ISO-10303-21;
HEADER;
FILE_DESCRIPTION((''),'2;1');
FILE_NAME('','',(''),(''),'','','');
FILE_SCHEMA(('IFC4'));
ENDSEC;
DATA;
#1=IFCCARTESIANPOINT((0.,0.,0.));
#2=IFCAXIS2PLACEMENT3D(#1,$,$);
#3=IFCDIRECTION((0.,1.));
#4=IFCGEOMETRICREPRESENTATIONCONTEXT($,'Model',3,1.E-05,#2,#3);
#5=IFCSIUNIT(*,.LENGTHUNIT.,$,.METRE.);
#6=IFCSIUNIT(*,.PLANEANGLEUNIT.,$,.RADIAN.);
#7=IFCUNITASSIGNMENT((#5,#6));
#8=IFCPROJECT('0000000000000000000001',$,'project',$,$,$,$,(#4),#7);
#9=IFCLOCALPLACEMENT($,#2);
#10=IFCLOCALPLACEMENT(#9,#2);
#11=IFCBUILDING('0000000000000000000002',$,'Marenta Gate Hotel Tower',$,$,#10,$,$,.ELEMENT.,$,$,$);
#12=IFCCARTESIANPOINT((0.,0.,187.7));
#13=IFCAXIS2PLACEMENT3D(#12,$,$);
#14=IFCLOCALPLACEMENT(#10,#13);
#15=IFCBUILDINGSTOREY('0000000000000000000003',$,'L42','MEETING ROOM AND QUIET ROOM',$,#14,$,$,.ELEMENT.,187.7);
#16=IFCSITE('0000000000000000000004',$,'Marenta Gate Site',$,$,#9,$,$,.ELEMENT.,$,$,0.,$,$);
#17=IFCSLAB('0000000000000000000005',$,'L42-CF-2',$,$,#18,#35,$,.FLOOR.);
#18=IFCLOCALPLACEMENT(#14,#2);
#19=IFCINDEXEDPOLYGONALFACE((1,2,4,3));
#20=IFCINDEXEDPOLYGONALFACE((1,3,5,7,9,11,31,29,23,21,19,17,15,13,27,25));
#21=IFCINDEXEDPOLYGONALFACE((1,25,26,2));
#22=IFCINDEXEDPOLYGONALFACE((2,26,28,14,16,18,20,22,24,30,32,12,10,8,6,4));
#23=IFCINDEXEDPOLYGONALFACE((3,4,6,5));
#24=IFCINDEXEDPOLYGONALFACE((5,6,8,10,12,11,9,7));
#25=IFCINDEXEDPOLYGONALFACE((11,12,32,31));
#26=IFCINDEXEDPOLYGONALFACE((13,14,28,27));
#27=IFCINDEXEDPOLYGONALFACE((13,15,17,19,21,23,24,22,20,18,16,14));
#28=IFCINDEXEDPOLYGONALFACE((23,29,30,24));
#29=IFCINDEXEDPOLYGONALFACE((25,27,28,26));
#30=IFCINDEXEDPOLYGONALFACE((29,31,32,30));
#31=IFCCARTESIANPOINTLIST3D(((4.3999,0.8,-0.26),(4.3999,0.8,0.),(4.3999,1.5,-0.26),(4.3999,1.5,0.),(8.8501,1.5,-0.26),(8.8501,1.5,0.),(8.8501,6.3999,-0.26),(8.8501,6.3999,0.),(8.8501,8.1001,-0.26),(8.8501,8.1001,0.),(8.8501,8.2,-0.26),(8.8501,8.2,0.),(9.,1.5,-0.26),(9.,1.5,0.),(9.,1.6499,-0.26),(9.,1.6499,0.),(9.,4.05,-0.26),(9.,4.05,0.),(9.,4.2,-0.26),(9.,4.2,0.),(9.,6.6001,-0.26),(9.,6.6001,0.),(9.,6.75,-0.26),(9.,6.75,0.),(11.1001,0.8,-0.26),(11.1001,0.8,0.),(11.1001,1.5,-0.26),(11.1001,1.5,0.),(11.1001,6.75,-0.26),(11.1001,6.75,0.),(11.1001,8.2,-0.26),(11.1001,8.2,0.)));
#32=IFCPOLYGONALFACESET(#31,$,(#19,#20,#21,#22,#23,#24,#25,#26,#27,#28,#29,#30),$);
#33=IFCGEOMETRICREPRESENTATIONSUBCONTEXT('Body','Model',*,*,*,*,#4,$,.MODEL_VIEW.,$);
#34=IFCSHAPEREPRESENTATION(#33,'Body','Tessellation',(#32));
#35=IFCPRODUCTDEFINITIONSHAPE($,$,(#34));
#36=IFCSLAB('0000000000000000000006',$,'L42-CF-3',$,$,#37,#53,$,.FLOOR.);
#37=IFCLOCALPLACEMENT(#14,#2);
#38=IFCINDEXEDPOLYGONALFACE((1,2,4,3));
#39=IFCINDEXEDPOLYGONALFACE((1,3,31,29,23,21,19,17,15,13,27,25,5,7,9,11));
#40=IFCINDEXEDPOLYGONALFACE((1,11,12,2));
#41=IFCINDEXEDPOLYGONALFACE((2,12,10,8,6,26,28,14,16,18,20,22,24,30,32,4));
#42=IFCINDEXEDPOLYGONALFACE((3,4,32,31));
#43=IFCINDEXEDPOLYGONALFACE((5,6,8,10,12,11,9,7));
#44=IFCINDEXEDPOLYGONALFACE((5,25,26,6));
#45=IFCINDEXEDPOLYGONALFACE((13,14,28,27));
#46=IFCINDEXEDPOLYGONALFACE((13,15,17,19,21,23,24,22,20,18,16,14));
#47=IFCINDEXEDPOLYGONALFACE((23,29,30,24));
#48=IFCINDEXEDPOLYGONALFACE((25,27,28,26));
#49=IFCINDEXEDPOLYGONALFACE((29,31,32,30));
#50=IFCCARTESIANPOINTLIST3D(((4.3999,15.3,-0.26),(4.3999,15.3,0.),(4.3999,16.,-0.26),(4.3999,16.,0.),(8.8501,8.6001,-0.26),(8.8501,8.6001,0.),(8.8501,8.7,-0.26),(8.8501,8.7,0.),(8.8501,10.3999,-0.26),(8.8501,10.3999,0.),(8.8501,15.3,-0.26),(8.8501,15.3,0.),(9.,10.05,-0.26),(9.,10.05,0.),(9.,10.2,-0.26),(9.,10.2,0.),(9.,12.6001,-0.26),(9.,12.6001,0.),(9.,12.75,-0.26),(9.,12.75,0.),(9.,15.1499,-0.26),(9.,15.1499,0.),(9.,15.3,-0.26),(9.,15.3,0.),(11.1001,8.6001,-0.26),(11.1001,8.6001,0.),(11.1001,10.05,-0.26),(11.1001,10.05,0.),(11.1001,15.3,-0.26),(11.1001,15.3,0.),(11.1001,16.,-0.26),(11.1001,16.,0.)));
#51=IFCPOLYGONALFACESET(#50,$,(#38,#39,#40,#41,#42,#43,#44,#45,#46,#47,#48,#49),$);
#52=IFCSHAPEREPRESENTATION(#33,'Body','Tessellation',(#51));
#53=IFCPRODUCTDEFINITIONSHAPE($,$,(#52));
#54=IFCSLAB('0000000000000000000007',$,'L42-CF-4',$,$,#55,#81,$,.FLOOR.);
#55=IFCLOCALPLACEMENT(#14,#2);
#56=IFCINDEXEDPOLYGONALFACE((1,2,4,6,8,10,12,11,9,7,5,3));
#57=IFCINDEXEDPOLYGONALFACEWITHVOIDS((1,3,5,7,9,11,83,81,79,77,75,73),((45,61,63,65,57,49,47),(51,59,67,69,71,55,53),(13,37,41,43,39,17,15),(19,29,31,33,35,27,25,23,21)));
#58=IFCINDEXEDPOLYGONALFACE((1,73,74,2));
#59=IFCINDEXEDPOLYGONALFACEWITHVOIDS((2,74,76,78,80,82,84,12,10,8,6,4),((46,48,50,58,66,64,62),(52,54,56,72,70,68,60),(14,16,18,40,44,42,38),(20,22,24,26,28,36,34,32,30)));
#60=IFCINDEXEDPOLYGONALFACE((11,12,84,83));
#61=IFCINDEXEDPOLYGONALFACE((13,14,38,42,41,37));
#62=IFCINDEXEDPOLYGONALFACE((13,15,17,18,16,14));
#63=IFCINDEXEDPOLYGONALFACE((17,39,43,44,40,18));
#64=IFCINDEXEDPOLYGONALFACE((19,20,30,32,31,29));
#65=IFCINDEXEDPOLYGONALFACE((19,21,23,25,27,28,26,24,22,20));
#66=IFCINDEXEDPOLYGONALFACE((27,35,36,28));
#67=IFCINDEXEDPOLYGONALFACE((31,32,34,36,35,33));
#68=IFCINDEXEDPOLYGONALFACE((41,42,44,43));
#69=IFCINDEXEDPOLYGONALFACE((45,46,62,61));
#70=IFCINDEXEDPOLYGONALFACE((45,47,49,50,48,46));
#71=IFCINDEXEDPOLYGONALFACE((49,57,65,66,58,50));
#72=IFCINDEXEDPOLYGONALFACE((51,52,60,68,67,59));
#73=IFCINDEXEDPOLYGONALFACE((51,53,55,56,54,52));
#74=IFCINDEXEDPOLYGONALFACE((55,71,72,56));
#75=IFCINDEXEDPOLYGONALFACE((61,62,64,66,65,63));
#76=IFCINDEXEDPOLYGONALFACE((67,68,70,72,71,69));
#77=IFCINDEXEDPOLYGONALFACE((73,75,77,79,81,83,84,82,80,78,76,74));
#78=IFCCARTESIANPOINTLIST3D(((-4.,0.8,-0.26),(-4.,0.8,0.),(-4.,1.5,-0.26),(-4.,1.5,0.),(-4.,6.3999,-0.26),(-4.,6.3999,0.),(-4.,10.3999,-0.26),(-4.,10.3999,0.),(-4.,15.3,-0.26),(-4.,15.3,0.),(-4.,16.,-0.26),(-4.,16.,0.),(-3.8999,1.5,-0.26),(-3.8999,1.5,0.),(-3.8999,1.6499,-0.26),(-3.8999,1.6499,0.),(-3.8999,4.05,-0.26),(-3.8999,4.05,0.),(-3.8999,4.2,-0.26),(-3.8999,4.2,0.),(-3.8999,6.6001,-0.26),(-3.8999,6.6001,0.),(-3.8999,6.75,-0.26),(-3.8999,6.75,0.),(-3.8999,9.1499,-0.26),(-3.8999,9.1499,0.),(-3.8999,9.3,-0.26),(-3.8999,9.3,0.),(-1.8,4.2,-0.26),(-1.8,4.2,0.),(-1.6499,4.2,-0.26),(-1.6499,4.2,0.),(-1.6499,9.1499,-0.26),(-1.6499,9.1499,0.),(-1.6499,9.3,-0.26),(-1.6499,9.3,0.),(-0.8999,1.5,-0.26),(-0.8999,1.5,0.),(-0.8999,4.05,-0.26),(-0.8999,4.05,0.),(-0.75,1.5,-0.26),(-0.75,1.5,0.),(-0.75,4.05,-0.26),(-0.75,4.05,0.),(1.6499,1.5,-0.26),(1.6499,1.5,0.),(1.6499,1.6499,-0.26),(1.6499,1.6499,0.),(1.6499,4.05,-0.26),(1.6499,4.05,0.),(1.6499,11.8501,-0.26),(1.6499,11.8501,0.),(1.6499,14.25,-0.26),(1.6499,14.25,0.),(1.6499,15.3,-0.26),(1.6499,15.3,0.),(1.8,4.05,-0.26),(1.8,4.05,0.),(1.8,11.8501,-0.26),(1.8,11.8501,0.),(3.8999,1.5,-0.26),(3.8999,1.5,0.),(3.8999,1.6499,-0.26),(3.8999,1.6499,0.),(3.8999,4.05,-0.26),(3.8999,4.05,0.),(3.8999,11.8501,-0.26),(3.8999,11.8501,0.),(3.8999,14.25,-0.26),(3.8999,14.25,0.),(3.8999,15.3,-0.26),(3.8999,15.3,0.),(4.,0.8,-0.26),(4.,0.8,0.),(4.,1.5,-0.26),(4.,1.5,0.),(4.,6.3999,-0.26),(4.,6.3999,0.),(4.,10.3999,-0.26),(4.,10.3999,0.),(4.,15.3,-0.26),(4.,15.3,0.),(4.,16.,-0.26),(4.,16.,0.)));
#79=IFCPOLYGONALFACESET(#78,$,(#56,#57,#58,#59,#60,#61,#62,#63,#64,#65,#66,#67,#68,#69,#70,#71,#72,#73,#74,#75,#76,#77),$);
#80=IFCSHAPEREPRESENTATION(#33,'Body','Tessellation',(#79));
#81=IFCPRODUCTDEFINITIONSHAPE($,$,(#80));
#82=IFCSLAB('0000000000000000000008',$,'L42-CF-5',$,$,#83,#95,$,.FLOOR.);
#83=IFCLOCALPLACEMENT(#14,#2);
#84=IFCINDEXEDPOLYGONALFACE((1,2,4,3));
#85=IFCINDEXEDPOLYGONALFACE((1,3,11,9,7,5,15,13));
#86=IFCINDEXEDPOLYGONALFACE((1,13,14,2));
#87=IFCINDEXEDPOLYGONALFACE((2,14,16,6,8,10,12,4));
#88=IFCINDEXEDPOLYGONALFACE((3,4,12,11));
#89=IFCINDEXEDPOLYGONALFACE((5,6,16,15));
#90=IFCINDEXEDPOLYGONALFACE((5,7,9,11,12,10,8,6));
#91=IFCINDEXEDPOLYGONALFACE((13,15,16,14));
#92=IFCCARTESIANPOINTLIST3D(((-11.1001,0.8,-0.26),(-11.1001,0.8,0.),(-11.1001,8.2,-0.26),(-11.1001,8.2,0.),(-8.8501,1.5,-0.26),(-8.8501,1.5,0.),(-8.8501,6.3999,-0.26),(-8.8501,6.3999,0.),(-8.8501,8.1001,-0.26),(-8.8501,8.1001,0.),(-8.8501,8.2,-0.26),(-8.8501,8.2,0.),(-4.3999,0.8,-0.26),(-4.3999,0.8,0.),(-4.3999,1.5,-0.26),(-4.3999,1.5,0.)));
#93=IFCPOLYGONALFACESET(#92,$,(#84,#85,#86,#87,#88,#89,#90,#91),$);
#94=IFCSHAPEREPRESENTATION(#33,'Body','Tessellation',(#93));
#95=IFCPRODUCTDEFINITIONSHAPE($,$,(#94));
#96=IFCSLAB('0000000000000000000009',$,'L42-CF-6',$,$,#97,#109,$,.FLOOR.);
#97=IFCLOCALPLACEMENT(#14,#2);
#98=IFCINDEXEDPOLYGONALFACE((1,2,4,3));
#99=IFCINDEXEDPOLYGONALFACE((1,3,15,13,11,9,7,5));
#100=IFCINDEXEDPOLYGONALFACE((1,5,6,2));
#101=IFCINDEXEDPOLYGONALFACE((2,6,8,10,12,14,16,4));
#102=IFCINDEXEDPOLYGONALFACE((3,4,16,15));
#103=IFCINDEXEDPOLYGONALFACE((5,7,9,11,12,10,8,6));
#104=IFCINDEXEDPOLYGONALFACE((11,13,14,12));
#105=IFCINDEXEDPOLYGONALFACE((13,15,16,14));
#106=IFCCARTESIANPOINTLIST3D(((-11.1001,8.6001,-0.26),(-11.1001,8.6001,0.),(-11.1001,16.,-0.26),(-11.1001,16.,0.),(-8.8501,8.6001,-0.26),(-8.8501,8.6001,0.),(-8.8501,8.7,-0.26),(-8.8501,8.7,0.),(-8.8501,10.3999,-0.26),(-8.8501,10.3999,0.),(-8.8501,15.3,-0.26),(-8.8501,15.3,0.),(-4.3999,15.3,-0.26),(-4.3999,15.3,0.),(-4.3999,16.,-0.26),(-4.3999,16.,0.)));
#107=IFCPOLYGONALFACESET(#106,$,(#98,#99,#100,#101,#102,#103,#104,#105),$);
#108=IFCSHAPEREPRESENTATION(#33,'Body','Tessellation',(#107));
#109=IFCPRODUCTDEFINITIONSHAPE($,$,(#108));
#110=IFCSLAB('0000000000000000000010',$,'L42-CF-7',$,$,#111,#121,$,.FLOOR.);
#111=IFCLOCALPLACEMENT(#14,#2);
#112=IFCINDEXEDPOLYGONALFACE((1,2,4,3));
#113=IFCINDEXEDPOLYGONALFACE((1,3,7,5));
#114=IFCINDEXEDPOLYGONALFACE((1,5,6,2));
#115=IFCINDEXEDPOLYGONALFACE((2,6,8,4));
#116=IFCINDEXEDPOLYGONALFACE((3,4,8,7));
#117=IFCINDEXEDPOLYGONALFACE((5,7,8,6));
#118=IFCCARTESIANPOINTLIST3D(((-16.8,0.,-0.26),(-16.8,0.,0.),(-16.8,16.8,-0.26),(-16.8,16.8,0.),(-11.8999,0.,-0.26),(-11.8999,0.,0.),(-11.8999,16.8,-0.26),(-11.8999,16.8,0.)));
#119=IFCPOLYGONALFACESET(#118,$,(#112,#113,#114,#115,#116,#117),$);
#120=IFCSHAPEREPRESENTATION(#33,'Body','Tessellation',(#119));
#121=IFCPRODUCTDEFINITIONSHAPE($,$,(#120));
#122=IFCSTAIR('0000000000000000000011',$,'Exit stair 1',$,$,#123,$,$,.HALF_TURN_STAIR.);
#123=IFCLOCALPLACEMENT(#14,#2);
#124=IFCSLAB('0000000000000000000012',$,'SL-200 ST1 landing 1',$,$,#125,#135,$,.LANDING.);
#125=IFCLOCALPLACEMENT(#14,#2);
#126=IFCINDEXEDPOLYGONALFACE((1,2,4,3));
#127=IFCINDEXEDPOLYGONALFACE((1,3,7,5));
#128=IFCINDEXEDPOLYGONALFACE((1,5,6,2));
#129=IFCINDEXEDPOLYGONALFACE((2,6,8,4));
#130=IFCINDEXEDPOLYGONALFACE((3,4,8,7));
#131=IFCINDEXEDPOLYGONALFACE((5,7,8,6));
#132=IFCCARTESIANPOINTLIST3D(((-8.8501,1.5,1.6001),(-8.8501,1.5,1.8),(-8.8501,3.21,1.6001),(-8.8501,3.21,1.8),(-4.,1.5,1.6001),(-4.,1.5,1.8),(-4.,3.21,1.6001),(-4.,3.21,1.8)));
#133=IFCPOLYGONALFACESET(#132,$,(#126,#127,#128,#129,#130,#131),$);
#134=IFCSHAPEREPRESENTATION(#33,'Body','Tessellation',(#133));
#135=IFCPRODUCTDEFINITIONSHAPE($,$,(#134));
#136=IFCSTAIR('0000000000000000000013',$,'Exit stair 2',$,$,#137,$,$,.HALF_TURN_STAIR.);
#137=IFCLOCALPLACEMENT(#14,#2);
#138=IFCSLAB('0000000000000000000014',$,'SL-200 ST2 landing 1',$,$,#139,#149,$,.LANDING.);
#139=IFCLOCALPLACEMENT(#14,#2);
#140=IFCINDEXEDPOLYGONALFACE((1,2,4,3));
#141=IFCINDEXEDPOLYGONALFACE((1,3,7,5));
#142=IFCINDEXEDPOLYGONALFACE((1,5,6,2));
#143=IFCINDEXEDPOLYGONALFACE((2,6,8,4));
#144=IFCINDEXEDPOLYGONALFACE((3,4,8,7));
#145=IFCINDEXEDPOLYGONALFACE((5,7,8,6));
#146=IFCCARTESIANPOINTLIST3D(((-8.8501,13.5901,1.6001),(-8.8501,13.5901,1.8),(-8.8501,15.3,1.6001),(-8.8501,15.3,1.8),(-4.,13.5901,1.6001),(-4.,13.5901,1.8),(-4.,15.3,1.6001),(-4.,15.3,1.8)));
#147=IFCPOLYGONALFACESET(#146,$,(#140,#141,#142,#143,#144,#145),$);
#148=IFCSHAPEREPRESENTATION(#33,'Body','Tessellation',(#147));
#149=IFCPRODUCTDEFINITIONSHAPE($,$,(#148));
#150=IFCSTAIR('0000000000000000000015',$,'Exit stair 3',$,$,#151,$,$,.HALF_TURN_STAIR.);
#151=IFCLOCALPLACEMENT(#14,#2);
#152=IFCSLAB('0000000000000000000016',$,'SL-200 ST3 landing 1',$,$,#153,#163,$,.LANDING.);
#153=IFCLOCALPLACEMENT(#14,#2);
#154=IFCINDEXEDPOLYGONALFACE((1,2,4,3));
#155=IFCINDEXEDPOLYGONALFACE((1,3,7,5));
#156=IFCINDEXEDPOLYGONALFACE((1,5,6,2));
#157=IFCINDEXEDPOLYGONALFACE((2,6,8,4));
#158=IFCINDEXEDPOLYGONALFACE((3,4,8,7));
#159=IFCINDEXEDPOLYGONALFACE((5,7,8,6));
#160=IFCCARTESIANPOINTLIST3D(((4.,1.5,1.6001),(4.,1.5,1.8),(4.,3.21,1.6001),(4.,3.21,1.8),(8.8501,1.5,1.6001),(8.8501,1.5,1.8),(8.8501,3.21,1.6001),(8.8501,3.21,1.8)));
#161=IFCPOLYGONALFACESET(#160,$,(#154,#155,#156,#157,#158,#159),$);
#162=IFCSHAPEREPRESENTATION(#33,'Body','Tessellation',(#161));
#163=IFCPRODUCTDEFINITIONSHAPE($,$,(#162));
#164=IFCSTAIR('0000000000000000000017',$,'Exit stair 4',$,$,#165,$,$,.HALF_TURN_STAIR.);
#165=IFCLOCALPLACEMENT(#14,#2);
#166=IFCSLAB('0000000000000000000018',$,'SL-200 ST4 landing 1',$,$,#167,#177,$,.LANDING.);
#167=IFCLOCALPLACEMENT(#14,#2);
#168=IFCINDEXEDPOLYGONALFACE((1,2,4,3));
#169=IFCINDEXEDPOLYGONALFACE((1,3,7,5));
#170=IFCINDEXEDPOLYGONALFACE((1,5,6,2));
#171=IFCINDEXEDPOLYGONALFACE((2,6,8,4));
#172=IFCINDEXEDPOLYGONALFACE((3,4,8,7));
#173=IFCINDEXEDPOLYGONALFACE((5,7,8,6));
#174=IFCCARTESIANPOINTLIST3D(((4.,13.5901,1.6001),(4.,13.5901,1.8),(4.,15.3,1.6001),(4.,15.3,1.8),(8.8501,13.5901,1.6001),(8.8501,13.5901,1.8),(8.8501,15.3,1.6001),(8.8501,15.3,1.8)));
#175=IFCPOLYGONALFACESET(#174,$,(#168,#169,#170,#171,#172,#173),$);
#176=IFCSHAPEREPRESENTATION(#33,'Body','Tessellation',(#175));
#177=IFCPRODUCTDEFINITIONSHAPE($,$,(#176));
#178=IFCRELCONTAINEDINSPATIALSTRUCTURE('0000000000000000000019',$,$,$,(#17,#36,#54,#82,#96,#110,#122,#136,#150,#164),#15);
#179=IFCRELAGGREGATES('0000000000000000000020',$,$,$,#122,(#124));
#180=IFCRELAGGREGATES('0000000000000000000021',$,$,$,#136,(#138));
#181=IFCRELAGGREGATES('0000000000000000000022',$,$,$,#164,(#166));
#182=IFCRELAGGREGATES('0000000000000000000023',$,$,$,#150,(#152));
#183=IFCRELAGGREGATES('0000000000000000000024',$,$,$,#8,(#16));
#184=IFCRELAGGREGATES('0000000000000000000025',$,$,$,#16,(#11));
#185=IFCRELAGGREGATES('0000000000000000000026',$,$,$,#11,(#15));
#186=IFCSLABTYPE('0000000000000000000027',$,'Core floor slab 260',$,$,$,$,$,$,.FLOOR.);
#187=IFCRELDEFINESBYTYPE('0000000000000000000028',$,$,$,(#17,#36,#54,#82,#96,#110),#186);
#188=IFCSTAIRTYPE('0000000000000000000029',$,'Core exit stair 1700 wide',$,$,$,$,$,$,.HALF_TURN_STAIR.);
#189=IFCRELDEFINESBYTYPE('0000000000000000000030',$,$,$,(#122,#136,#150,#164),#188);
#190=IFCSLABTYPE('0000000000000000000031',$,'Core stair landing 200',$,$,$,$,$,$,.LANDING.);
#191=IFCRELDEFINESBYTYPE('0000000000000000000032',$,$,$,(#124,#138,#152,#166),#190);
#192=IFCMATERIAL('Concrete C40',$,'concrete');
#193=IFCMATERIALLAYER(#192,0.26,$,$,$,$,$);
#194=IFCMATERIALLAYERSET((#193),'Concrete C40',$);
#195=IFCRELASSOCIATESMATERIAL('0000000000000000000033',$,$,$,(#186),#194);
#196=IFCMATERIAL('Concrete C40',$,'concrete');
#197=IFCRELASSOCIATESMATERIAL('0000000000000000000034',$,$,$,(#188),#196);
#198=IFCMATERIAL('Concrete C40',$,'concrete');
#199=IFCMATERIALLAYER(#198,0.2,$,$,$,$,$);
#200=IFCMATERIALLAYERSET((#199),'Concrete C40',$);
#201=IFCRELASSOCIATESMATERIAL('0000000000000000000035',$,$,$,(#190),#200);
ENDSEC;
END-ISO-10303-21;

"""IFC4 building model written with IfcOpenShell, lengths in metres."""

from ifc_helpers import new_model, si_unit, direction, frame, origin, place, context, subcontext, project, spatial, polyline, outline, extrude, material, layer, layer_set, type_object, element, aggregate, save


model = new_model("IFC4")

# Units and contexts
model_context = context("Model", 3, precision=1e-05, world=origin(), true_north=direction((0.0, 1.0)))
body_context = subcontext(model_context, "Body", "Model", "MODEL_VIEW")
ifc_project = project(units=[si_unit("LENGTHUNIT", "METRE"), si_unit("PLANEANGLEUNIT", "RADIAN")], contexts=[model_context])

# Site, building, storey
site_placement = place(None, origin())
site = spatial("IfcSite", under=ifc_project, at=site_placement, Name="Marenta Gate Site", CompositionType="ELEMENT", RefElevation=0.0)
building_placement = place(site_placement, origin())
building = spatial("IfcBuilding", under=site, at=building_placement, Name="Marenta Gate Hotel Tower", CompositionType="ELEMENT")
storey_placement = place(building_placement, frame((0.0, 0.0, 187.7)))
storey = spatial("IfcBuildingStorey", under=building, at=storey_placement, Name="L42", Description="MEETING ROOM AND QUIET ROOM", CompositionType="ELEMENT", Elevation=187.7)

# Slabs
ifc_material_1 = material(Name="Concrete C40", Category="concrete")
ifc_layer_1 = layer(ifc_material_1, 0.26)
ifc_layer_set_1 = layer_set([ifc_layer_1], Name="Concrete C40")
slab_type_1 = type_object("IfcSlabType", Name="Core floor slab 260", PredefinedType="FLOOR", material=ifc_layer_set_1)
slab_1_placement = place(storey_placement, frame((0.0, 0.0, -0.26)))
element("IfcSlab", 1, at=slab_1_placement, inside=storey, type_object=slab_type_1, Name="L42-CF-2", PredefinedType="FLOOR", context=body_context, shape_type="SweptSolid", body=[
    extrude(outline(polyline([(8.8501, 1.5), (8.8501, 6.3999), (8.8501, 8.1001), (8.8501, 8.2), (11.1001, 8.2), (11.1001, 6.75), (9.0, 6.75), (9.0, 6.6001), (9.0, 4.2), (9.0, 4.05), (9.0, 1.6499), (9.0, 1.5), (11.1001, 1.5), (11.1001, 0.8), (4.3999, 0.8), (4.3999, 1.5), (8.8501, 1.5)])), origin(), (0.0, 0.0, 1.0), 0.26),
])
slab_2_placement = place(storey_placement, frame((0.0, 0.0, -0.26)))
element("IfcSlab", 2, at=slab_2_placement, inside=storey, type_object=slab_type_1, Name="L42-CF-3", PredefinedType="FLOOR", context=body_context, shape_type="SweptSolid", body=[
    extrude(outline(polyline([(8.8501, 15.3), (4.3999, 15.3), (4.3999, 16.0), (11.1001, 16.0), (11.1001, 15.3), (9.0, 15.3), (9.0, 15.1499), (9.0, 12.75), (9.0, 12.6001), (9.0, 10.2), (9.0, 10.05), (11.1001, 10.05), (11.1001, 8.6001), (8.8501, 8.6001), (8.8501, 8.7), (8.8501, 10.3999), (8.8501, 15.3)])), origin(), (0.0, 0.0, 1.0), 0.26),
])
slab_3_placement = place(storey_placement, frame((0.0, 0.0, -0.26)))
element("IfcSlab", 3, at=slab_3_placement, inside=storey, type_object=slab_type_1, Name="L42-CF-4", PredefinedType="FLOOR", context=body_context, shape_type="SweptSolid", body=[
    extrude(outline(polyline([(4.0, 15.3), (4.0, 10.3999), (4.0, 6.3999), (4.0, 1.5), (4.0, 0.8), (-4.0, 0.8), (-4.0, 1.5), (-4.0, 6.3999), (-4.0, 10.3999), (-4.0, 15.3), (-4.0, 16.0), (4.0, 16.0), (4.0, 15.3)]), holes=[polyline([(1.6499, 14.25), (1.6499, 11.8501), (1.8, 11.8501), (3.8999, 11.8501), (3.8999, 14.25), (3.8999, 15.3), (1.6499, 15.3), (1.6499, 14.25)]), polyline([(3.8999, 1.6499), (3.8999, 4.05), (1.8, 4.05), (1.6499, 4.05), (1.6499, 1.6499), (1.6499, 1.5), (3.8999, 1.5), (3.8999, 1.6499)]), polyline([(-3.8999, 1.6499), (-3.8999, 1.5), (-0.8999, 1.5), (-0.75, 1.5), (-0.75, 4.05), (-0.8999, 4.05), (-3.8999, 4.05), (-3.8999, 1.6499)]), polyline([(-1.8, 4.2), (-1.6499, 4.2), (-1.6499, 9.1499), (-1.6499, 9.3), (-3.8999, 9.3), (-3.8999, 9.1499), (-3.8999, 6.75), (-3.8999, 6.6001), (-3.8999, 4.2), (-1.8, 4.2)])]), origin(), (0.0, 0.0, 1.0), 0.26),
])
slab_4_placement = place(storey_placement, frame((0.0, 0.0, -0.26)))
element("IfcSlab", 4, at=slab_4_placement, inside=storey, type_object=slab_type_1, Name="L42-CF-5", PredefinedType="FLOOR", context=body_context, shape_type="SweptSolid", body=[
    extrude(outline(polyline([(-8.8501, 8.2), (-8.8501, 8.1001), (-8.8501, 6.3999), (-8.8501, 1.5), (-4.3999, 1.5), (-4.3999, 0.8), (-11.1001, 0.8), (-11.1001, 8.2), (-8.8501, 8.2)])), origin(), (0.0, 0.0, 1.0), 0.26),
])
slab_5_placement = place(storey_placement, frame((0.0, 0.0, -0.26)))
element("IfcSlab", 5, at=slab_5_placement, inside=storey, type_object=slab_type_1, Name="L42-CF-6", PredefinedType="FLOOR", context=body_context, shape_type="SweptSolid", body=[
    extrude(outline(polyline([(-4.3999, 15.3), (-8.8501, 15.3), (-8.8501, 10.3999), (-8.8501, 8.7), (-8.8501, 8.6001), (-11.1001, 8.6001), (-11.1001, 16.0), (-4.3999, 16.0), (-4.3999, 15.3)])), origin(), (0.0, 0.0, 1.0), 0.26),
])
slab_6_placement = place(storey_placement, frame((0.0, 0.0, -0.26)))
element("IfcSlab", 6, at=slab_6_placement, inside=storey, type_object=slab_type_1, Name="L42-CF-7", PredefinedType="FLOOR", context=body_context, shape_type="SweptSolid", body=[
    extrude(outline(polyline([(-11.8999, 16.8), (-11.8999, 0.0), (-16.8, 0.0), (-16.8, 16.8), (-11.8999, 16.8)])), origin(), (0.0, 0.0, 1.0), 0.26),
])

# Stairs, slabs
ifc_material_2 = material(Name="Concrete C40", Category="concrete")
stair_type_1 = type_object("IfcStairType", Name="Core exit stair 1700 wide", PredefinedType="HALF_TURN_STAIR", material=ifc_material_2)
stair_1_placement = place(storey_placement, origin())
stair_1 = element("IfcStair", 7, at=stair_1_placement, inside=storey, type_object=stair_type_1, Name="Exit stair 1", PredefinedType="HALF_TURN_STAIR")
ifc_material_3 = material(Name="Concrete C40", Category="concrete")
ifc_layer_2 = layer(ifc_material_3, 0.2)
ifc_layer_set_2 = layer_set([ifc_layer_2], Name="Concrete C40")
slab_type_2 = type_object("IfcSlabType", Name="Core stair landing 200", PredefinedType="LANDING", material=ifc_layer_set_2)
slab_7_placement = place(storey_placement, frame((0.0, 0.0, 1.6001)))
slab_7 = element("IfcSlab", 8, at=slab_7_placement, type_object=slab_type_2, Name="SL-200 ST1 landing 1", PredefinedType="LANDING", context=body_context, shape_type="SweptSolid", body=[
    extrude(outline(polyline([(-8.8501, 1.5), (-4.0, 1.5), (-4.0, 3.21), (-8.8501, 3.21), (-8.8501, 1.5)])), origin(), (0.0, 0.0, 1.0), 0.2),
])
aggregate(stair_1, [slab_7])
stair_2_placement = place(storey_placement, origin())
stair_2 = element("IfcStair", 9, at=stair_2_placement, inside=storey, type_object=stair_type_1, Name="Exit stair 2", PredefinedType="HALF_TURN_STAIR")
slab_8_placement = place(storey_placement, frame((0.0, 0.0, 1.6001)))
slab_8 = element("IfcSlab", 10, at=slab_8_placement, type_object=slab_type_2, Name="SL-200 ST2 landing 1", PredefinedType="LANDING", context=body_context, shape_type="SweptSolid", body=[
    extrude(outline(polyline([(-8.8501, 13.5901), (-4.0, 13.5901), (-4.0, 15.3), (-8.8501, 15.3), (-8.8501, 13.5901)])), origin(), (0.0, 0.0, 1.0), 0.2),
])
aggregate(stair_2, [slab_8])
stair_3_placement = place(storey_placement, origin())
stair_3 = element("IfcStair", 11, at=stair_3_placement, inside=storey, type_object=stair_type_1, Name="Exit stair 3", PredefinedType="HALF_TURN_STAIR")
slab_9_placement = place(storey_placement, frame((0.0, 0.0, 1.6001)))
slab_9 = element("IfcSlab", 12, at=slab_9_placement, type_object=slab_type_2, Name="SL-200 ST3 landing 1", PredefinedType="LANDING", context=body_context, shape_type="SweptSolid", body=[
    extrude(outline(polyline([(4.0, 1.5), (8.8501, 1.5), (8.8501, 3.21), (4.0, 3.21), (4.0, 1.5)])), origin(), (0.0, 0.0, 1.0), 0.2),
])
stair_4_placement = place(storey_placement, origin())
stair_4 = element("IfcStair", 13, at=stair_4_placement, inside=storey, type_object=stair_type_1, Name="Exit stair 4", PredefinedType="HALF_TURN_STAIR")
slab_10_placement = place(storey_placement, frame((0.0, 0.0, 1.6001)))
slab_10 = element("IfcSlab", 14, at=slab_10_placement, type_object=slab_type_2, Name="SL-200 ST4 landing 1", PredefinedType="LANDING", context=body_context, shape_type="SweptSolid", body=[
    extrude(outline(polyline([(4.0, 13.5901), (8.8501, 13.5901), (8.8501, 15.3), (4.0, 15.3), (4.0, 13.5901)])), origin(), (0.0, 0.0, 1.0), 0.2),
])
aggregate(stair_4, [slab_10])

aggregate(stair_3, [slab_9])

save(model, "model.ifc")
